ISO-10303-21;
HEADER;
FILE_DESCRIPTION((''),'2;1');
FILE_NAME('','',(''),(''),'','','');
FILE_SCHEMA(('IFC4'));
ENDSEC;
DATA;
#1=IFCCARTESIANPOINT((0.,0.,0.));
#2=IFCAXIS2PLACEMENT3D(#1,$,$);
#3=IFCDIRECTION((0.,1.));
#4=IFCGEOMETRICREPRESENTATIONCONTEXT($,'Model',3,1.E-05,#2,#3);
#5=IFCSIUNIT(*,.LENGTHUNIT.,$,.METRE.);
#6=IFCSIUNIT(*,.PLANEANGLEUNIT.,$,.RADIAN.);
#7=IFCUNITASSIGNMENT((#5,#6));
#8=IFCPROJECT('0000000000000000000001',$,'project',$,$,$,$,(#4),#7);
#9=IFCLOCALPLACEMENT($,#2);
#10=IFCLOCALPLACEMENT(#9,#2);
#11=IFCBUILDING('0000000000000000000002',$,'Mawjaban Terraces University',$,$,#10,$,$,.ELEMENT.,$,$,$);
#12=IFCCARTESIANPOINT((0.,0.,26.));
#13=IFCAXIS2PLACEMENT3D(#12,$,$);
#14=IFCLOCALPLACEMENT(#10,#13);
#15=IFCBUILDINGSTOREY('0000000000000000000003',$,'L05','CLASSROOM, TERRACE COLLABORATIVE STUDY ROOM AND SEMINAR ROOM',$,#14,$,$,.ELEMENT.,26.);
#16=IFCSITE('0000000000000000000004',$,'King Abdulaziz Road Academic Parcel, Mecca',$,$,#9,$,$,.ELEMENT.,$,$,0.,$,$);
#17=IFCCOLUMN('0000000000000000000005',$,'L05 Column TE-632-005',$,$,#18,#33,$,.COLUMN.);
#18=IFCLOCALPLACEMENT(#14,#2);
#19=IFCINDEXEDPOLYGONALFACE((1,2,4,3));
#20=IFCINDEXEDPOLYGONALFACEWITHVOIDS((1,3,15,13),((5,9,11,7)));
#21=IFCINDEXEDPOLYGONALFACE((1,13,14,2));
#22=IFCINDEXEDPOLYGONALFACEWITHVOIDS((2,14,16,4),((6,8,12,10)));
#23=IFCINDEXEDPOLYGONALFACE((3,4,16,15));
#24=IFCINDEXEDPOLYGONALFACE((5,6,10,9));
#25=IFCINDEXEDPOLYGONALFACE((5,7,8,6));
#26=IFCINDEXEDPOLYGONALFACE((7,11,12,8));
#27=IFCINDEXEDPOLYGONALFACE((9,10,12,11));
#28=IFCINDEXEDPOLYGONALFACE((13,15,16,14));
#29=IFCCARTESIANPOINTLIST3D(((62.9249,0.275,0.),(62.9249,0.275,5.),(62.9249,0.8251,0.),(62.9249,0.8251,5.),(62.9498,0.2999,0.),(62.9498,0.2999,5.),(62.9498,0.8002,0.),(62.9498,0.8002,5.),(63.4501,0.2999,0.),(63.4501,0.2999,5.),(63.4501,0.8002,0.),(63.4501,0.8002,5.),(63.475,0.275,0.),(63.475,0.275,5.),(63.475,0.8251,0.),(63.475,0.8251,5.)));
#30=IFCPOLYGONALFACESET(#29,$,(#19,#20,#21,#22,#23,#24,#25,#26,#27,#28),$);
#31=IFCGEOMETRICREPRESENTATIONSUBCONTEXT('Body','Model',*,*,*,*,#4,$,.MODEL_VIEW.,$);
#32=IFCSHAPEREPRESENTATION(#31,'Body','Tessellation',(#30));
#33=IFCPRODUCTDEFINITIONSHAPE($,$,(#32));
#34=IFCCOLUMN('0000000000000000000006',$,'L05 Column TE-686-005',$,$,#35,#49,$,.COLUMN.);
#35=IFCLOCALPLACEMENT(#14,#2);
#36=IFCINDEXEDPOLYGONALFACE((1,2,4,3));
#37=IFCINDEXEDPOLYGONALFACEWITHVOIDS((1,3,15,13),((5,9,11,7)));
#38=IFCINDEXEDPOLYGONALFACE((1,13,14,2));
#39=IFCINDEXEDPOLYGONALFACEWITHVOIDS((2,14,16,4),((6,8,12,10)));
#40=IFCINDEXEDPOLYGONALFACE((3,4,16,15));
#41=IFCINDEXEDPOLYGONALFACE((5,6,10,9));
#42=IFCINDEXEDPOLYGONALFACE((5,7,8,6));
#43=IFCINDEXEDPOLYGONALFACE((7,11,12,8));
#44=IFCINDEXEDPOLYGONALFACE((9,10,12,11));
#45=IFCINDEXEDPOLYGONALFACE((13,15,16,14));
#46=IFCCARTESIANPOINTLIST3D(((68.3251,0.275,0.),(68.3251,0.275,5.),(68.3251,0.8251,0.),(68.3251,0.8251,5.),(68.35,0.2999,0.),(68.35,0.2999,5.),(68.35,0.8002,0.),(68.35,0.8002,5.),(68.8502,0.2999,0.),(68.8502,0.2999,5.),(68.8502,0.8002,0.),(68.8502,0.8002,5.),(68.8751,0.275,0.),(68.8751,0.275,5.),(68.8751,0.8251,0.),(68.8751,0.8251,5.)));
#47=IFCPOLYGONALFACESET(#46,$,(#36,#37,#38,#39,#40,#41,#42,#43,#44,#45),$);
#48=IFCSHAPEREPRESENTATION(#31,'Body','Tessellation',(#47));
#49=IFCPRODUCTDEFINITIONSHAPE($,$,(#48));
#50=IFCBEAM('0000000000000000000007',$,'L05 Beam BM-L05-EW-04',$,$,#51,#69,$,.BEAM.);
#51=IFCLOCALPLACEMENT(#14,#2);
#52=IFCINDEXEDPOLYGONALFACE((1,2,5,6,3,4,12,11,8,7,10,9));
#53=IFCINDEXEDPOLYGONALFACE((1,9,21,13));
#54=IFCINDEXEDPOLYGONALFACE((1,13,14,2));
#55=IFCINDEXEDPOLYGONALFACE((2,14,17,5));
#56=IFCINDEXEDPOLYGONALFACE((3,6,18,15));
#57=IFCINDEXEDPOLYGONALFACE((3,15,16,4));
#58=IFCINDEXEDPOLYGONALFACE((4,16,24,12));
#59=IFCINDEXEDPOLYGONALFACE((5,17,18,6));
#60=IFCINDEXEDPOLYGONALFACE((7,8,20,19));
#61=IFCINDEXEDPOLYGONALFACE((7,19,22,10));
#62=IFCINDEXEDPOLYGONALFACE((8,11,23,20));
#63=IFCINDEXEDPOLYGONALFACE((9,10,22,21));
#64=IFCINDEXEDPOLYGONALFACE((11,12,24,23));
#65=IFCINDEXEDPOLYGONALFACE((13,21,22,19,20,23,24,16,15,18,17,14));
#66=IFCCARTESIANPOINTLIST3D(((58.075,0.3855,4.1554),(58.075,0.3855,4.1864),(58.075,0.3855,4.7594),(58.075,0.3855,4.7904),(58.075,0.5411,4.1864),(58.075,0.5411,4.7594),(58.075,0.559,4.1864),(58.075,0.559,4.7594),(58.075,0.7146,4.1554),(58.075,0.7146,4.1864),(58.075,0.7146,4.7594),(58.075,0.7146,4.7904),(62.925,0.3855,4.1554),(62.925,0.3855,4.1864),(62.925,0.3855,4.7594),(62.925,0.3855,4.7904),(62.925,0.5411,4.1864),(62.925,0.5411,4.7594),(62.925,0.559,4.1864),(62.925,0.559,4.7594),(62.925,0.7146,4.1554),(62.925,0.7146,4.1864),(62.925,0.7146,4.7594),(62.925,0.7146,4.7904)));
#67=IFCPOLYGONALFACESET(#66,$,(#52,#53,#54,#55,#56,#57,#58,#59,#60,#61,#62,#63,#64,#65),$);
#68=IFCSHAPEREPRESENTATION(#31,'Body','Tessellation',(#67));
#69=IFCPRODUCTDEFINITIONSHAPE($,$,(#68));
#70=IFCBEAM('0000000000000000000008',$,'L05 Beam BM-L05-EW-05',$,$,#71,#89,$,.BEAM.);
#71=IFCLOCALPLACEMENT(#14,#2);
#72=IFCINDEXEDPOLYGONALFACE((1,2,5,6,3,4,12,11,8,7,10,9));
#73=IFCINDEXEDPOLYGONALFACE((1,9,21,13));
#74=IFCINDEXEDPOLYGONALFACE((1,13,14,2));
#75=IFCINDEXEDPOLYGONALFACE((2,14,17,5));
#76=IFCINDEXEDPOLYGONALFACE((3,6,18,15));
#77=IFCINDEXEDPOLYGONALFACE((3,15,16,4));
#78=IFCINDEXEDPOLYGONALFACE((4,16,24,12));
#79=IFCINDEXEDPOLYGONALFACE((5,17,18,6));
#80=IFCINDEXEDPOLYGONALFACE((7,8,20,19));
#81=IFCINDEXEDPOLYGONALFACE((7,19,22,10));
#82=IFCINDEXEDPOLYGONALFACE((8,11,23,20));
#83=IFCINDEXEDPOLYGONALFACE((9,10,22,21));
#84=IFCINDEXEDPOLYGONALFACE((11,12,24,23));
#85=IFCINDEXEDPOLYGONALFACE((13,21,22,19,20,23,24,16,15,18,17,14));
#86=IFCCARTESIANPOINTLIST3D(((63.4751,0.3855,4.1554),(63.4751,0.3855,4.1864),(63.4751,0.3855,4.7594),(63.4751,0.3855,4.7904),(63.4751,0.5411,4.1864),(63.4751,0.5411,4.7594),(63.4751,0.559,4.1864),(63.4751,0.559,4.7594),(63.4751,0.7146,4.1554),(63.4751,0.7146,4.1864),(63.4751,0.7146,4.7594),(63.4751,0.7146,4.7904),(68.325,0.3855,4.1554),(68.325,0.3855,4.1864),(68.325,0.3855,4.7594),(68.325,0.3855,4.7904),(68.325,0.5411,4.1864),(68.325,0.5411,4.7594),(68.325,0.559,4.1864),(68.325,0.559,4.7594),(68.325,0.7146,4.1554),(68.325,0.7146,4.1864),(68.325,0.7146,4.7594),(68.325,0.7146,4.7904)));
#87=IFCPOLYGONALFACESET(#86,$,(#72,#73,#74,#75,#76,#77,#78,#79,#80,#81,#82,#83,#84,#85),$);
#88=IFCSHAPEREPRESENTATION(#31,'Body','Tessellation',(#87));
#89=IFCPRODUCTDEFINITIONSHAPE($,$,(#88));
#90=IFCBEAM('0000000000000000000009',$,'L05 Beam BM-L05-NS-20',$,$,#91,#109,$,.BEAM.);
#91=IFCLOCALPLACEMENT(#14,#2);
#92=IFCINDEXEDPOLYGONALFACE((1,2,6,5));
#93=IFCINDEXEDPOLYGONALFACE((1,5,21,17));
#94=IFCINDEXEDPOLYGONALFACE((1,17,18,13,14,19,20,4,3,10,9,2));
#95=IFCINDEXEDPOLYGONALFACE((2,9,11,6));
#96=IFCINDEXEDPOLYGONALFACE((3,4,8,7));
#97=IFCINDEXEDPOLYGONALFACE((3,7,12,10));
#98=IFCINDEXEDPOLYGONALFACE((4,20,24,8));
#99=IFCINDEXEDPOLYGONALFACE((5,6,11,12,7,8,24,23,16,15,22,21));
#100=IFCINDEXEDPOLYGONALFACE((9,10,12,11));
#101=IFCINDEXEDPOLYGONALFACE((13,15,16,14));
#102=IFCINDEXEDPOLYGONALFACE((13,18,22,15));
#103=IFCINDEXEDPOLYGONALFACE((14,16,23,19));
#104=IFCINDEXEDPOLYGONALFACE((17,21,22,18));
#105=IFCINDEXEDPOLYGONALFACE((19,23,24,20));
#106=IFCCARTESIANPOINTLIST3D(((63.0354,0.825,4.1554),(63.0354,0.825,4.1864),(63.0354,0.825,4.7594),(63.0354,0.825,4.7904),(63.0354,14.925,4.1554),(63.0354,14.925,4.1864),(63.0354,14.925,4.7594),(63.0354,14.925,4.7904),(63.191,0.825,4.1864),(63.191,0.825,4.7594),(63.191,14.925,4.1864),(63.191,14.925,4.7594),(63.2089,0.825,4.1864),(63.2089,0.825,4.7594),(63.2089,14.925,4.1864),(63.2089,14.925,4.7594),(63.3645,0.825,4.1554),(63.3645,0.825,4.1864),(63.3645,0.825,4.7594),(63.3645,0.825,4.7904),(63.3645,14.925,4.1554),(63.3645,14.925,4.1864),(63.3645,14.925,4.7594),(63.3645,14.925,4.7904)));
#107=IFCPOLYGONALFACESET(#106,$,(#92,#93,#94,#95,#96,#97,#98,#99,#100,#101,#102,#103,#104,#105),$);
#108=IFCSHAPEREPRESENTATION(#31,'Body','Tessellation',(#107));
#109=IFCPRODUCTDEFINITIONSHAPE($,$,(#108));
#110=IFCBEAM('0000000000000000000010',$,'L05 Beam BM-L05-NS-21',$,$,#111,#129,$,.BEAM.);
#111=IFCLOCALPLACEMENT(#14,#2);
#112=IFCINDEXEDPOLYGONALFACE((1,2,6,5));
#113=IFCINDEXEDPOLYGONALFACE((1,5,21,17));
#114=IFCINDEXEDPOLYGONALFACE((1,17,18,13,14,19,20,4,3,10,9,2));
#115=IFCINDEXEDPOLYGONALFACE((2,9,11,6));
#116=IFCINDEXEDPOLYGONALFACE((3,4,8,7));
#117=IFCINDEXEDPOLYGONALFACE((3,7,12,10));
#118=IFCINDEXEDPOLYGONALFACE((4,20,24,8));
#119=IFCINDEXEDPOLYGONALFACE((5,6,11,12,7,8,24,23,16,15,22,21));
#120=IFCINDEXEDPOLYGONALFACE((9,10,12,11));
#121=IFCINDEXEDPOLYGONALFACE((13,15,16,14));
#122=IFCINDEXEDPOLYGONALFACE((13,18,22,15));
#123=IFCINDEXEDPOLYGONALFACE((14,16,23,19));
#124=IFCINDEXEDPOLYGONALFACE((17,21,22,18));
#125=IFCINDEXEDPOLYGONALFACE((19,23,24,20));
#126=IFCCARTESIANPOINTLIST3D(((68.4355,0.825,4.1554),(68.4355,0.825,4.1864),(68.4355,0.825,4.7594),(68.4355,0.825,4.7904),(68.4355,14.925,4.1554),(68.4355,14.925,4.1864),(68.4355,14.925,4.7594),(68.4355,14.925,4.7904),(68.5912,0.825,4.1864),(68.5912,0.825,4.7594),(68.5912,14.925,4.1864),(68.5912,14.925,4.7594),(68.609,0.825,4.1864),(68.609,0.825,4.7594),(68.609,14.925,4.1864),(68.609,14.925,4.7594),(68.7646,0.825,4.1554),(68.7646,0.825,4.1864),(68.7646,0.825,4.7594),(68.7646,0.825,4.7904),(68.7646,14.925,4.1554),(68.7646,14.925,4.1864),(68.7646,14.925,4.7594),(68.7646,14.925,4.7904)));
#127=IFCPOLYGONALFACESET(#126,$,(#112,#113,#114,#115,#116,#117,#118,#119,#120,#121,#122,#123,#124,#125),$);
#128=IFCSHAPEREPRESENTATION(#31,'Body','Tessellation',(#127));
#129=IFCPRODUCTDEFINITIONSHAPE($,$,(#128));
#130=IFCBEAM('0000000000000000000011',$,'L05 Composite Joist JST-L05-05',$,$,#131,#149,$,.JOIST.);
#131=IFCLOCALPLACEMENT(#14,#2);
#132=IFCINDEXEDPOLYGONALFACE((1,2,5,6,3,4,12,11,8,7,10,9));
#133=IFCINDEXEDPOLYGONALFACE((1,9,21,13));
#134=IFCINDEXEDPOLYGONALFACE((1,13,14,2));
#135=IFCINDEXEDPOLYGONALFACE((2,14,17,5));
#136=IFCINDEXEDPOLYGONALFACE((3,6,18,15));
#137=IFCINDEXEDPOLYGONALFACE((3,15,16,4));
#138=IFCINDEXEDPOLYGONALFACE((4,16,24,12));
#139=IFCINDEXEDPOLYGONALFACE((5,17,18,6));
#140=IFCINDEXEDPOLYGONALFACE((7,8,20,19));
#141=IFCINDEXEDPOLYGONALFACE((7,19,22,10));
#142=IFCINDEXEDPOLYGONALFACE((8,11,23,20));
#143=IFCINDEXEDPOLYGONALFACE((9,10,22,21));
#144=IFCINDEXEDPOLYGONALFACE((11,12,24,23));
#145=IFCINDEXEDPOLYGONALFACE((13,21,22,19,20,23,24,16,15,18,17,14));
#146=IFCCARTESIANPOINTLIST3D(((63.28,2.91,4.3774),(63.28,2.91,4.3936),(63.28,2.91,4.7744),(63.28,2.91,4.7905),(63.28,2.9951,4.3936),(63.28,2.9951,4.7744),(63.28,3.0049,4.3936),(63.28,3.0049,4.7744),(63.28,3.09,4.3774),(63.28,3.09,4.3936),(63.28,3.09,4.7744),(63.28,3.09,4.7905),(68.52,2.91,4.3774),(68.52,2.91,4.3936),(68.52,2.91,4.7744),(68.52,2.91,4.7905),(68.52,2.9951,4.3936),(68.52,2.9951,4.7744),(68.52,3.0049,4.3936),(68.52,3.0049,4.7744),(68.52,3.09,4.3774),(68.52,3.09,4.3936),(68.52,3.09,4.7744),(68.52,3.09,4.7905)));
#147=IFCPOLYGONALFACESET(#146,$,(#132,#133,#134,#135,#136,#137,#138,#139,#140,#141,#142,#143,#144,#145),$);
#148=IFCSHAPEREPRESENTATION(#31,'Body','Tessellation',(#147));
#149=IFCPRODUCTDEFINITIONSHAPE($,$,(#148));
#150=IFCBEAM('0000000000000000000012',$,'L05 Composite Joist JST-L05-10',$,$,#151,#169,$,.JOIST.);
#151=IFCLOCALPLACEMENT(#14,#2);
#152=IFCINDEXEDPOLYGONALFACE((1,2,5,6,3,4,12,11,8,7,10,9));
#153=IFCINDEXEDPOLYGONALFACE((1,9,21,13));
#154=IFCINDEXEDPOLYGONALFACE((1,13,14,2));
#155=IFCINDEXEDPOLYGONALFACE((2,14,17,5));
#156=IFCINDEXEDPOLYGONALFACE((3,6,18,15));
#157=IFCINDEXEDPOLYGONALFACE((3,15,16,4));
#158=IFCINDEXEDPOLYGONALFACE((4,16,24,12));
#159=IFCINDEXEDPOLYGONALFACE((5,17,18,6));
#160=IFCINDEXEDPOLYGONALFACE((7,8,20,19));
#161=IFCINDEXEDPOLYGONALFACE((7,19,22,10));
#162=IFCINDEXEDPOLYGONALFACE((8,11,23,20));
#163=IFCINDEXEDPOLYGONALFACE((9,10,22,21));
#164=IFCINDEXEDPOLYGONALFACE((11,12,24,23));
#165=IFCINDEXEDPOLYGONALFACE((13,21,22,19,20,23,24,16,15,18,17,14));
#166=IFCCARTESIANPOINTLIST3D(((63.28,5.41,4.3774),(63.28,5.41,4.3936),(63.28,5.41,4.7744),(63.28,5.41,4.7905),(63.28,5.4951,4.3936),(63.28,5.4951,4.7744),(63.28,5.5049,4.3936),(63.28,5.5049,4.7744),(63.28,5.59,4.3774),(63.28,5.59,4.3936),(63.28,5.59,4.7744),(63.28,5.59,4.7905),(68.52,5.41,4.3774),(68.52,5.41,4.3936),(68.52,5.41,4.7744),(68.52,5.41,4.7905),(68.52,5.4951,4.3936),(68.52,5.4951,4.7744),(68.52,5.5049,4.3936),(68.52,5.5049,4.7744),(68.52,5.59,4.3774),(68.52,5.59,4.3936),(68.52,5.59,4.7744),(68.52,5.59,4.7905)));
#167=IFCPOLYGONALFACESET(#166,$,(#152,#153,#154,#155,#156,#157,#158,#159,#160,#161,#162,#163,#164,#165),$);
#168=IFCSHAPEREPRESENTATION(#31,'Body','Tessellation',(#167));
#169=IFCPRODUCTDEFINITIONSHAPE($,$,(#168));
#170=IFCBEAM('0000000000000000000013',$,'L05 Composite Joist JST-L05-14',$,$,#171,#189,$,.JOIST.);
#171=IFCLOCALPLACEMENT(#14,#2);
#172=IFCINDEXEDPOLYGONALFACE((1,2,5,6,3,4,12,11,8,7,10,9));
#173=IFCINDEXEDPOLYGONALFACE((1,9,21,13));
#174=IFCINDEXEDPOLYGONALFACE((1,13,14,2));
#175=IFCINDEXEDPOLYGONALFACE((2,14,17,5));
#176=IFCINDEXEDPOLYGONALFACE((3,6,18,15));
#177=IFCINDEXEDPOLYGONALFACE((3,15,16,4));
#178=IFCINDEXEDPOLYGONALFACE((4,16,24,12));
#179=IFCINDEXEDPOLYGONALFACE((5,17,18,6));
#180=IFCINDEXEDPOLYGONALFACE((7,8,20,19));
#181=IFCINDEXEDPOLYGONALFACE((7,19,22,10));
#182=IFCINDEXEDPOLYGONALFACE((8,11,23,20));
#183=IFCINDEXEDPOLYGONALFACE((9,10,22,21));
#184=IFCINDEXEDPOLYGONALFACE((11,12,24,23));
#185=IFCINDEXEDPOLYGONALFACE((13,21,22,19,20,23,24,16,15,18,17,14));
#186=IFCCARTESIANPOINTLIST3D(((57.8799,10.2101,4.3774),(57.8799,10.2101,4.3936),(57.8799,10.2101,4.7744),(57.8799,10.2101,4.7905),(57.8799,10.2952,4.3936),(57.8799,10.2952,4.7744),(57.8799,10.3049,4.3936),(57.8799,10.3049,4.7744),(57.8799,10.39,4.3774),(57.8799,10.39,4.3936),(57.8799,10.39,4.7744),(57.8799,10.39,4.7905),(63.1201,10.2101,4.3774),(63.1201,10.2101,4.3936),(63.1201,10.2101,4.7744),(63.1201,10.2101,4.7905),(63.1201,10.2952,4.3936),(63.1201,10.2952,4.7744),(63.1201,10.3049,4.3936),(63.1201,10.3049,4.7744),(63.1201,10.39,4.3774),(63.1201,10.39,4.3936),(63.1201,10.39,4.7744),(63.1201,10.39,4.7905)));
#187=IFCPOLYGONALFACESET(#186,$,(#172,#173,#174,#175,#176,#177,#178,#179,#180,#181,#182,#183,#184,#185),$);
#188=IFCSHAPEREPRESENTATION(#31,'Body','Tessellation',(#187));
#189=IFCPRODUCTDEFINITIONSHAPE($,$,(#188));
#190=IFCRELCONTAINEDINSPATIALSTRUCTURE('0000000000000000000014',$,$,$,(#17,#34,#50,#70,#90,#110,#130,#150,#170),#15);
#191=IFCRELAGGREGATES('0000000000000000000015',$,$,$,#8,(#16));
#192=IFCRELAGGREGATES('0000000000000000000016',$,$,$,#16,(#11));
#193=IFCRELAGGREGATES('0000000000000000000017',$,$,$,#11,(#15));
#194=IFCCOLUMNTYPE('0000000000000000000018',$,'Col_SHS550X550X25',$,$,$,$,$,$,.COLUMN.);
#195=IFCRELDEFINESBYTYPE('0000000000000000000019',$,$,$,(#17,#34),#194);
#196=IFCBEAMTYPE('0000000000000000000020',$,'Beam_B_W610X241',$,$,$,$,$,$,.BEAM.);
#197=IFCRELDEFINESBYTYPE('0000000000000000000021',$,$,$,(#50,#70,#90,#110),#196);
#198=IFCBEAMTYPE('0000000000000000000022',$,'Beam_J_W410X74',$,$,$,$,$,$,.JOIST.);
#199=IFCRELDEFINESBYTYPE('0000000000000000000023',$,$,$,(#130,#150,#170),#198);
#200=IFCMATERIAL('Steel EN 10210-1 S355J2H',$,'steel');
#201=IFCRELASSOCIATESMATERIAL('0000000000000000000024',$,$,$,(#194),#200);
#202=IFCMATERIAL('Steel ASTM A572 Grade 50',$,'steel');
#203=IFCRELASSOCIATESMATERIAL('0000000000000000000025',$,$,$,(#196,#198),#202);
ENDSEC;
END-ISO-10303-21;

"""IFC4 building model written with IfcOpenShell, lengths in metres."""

from ifc_helpers import new_model, si_unit, direction, frame, origin, origin_2d, place, context, subcontext, project, spatial, hollow_rectangle, i_section, extrude, material, material_profile, profile_set, type_object, element, save


model = new_model("IFC4")

# Units and contexts
model_context = context("Model", 3, precision=1e-05, world=origin(), true_north=direction((0.0, 1.0)))
body_context = subcontext(model_context, "Body", "Model", "MODEL_VIEW")
ifc_project = project(units=[si_unit("LENGTHUNIT", "METRE"), si_unit("PLANEANGLEUNIT", "RADIAN")], contexts=[model_context])

# Site, building, storey
site_placement = place(None, origin())
site = spatial("IfcSite", under=ifc_project, at=site_placement, Name="King Abdulaziz Road Academic Parcel, Mecca", CompositionType="ELEMENT", RefElevation=0.0)
building_placement = place(site_placement, origin())
building = spatial("IfcBuilding", under=site, at=building_placement, Name="Mawjaban Terraces University", CompositionType="ELEMENT")
storey_placement = place(building_placement, frame((0.0, 0.0, 26.0)))
storey = spatial("IfcBuildingStorey", under=building, at=storey_placement, Name="L05", Description="CLASSROOM, TERRACE COLLABORATIVE STUDY ROOM AND SEMINAR ROOM", CompositionType="ELEMENT", Elevation=26.0)

# Columns
ifc_material_1 = material(Name="Steel EN 10210-1 S355J2H", Category="steel")
ifc_material_profile_1 = material_profile(ifc_material_1, hollow_rectangle(XDim=0.55, YDim=0.55, WallThickness=0.0249, at=origin_2d()), Name="SHS550X550X25")
ifc_profile_set_1 = profile_set([ifc_material_profile_1], Name="Steel EN 10210-1 S355J2H")
column_type = type_object("IfcColumnType", Name="Col_SHS550X550X25", PredefinedType="COLUMN", material=ifc_profile_set_1)
for number, where, z_axis, x_axis, name in (
    (1, (63.2, 0.55, 0.0), (0.0, 0.0, 1.0), (1.0, 0.0, 0.0), "L05 Column TE-632-005"),
    (2, (68.6001, 0.55, 0.0), (0.0, 0.0, 1.0), (1.0, 0.0, 0.0), "L05 Column TE-686-005"),
):
    element("IfcColumn", number, at=place(storey_placement, frame(where, z_axis=z_axis, x_axis=x_axis)), inside=storey, type_object=column_type, Name=name, PredefinedType="COLUMN", context=body_context, shape_type="SweptSolid", body=[
        extrude(hollow_rectangle(XDim=0.55, YDim=0.55, WallThickness=0.0249, at=origin_2d()), origin(), (0.0, 0.0, 1.0), 5.0),
    ])

# Beams
ifc_material_2 = material(Name="Steel ASTM A572 Grade 50", Category="steel")
ifc_material_profile_2 = material_profile(ifc_material_2, i_section(OverallWidth=0.3291, OverallDepth=0.635, WebThickness=0.0178, FlangeThickness=0.031, at=origin_2d()), Name="W610X241")
ifc_profile_set_2 = profile_set([ifc_material_profile_2], Name="Steel ASTM A572 Grade 50")
beam_type_1 = type_object("IfcBeamType", Name="Beam_B_W610X241", PredefinedType="BEAM", material=ifc_profile_set_2)
beam_1_placement = place(storey_placement, frame((58.075, 0.55, 4.4729), z_axis=(1.0, 0.0, 0.0), x_axis=(0.0, 1.0, 0.0)))
element("IfcBeam", 3, at=beam_1_placement, inside=storey, type_object=beam_type_1, Name="L05 Beam BM-L05-EW-04", PredefinedType="BEAM", context=body_context, shape_type="SweptSolid", body=[
    extrude(i_section(OverallWidth=0.3291, OverallDepth=0.635, WebThickness=0.0178, FlangeThickness=0.031, at=origin_2d()), origin(), (0.0, 0.0, 1.0), 4.8501),
])
beam_2_placement = place(storey_placement, frame((63.4751, 0.55, 4.4729), z_axis=(1.0, 0.0, 0.0), x_axis=(0.0, 1.0, 0.0)))
element("IfcBeam", 4, at=beam_2_placement, inside=storey, type_object=beam_type_1, Name="L05 Beam BM-L05-EW-05", PredefinedType="BEAM", context=body_context, shape_type="SweptSolid", body=[
    extrude(i_section(OverallWidth=0.3291, OverallDepth=0.635, WebThickness=0.0178, FlangeThickness=0.031, at=origin_2d()), origin(), (0.0, 0.0, 1.0), 4.8499),
])
for number, where, z_axis, x_axis, name in (
    (5, (63.2, 0.825, 4.4729), (0.0, 1.0, 0.0), (-1.0, 0.0, 0.0), "L05 Beam BM-L05-NS-20"),
    (6, (68.6001, 0.825, 4.4729), (0.0, 1.0, 0.0), (-1.0, 0.0, 0.0), "L05 Beam BM-L05-NS-21"),
):
    element("IfcBeam", number, at=place(storey_placement, frame(where, z_axis=z_axis, x_axis=x_axis)), inside=storey, type_object=beam_type_1, Name=name, PredefinedType="BEAM", context=body_context, shape_type="SweptSolid", body=[
        extrude(i_section(OverallWidth=0.3291, OverallDepth=0.635, WebThickness=0.0178, FlangeThickness=0.031, at=origin_2d()), origin(), (0.0, 0.0, 1.0), 14.1001),
    ])
ifc_material_profile_3 = material_profile(ifc_material_2, i_section(OverallWidth=0.1799, OverallDepth=0.4131, WebThickness=0.0098, FlangeThickness=0.0161, at=origin_2d()), Name="W410X74")
ifc_profile_set_3 = profile_set([ifc_material_profile_3], Name="Steel ASTM A572 Grade 50")
beam_type_2 = type_object("IfcBeamType", Name="Beam_J_W410X74", PredefinedType="JOIST", material=ifc_profile_set_3)
for number, where, z_axis, x_axis, name in (
    (7, (63.28, 3.0, 4.584), (1.0, 0.0, 0.0), (0.0, 1.0, 0.0), "L05 Composite Joist JST-L05-05"),
    (8, (63.28, 5.5, 4.584), (1.0, 0.0, 0.0), (0.0, 1.0, 0.0), "L05 Composite Joist JST-L05-10"),
):
    element("IfcBeam", number, at=place(storey_placement, frame(where, z_axis=z_axis, x_axis=x_axis)), inside=storey, type_object=beam_type_2, Name=name, PredefinedType="JOIST", context=body_context, shape_type="SweptSolid", body=[
        extrude(i_section(OverallWidth=0.1799, OverallDepth=0.4131, WebThickness=0.0098, FlangeThickness=0.0161, at=origin_2d()), origin(), (0.0, 0.0, 1.0), 5.24),
    ])
beam_3_placement = place(storey_placement, frame((57.8799, 10.3, 4.584), z_axis=(1.0, 0.0, 0.0), x_axis=(0.0, 1.0, 0.0)))
element("IfcBeam", 9, at=beam_3_placement, inside=storey, type_object=beam_type_2, Name="L05 Composite Joist JST-L05-14", PredefinedType="JOIST", context=body_context, shape_type="SweptSolid", body=[
    extrude(i_section(OverallWidth=0.1799, OverallDepth=0.4131, WebThickness=0.0098, FlangeThickness=0.0161, at=origin_2d()), origin(), (0.0, 0.0, 1.0), 5.2402),
])

save(model, "model.ifc")
